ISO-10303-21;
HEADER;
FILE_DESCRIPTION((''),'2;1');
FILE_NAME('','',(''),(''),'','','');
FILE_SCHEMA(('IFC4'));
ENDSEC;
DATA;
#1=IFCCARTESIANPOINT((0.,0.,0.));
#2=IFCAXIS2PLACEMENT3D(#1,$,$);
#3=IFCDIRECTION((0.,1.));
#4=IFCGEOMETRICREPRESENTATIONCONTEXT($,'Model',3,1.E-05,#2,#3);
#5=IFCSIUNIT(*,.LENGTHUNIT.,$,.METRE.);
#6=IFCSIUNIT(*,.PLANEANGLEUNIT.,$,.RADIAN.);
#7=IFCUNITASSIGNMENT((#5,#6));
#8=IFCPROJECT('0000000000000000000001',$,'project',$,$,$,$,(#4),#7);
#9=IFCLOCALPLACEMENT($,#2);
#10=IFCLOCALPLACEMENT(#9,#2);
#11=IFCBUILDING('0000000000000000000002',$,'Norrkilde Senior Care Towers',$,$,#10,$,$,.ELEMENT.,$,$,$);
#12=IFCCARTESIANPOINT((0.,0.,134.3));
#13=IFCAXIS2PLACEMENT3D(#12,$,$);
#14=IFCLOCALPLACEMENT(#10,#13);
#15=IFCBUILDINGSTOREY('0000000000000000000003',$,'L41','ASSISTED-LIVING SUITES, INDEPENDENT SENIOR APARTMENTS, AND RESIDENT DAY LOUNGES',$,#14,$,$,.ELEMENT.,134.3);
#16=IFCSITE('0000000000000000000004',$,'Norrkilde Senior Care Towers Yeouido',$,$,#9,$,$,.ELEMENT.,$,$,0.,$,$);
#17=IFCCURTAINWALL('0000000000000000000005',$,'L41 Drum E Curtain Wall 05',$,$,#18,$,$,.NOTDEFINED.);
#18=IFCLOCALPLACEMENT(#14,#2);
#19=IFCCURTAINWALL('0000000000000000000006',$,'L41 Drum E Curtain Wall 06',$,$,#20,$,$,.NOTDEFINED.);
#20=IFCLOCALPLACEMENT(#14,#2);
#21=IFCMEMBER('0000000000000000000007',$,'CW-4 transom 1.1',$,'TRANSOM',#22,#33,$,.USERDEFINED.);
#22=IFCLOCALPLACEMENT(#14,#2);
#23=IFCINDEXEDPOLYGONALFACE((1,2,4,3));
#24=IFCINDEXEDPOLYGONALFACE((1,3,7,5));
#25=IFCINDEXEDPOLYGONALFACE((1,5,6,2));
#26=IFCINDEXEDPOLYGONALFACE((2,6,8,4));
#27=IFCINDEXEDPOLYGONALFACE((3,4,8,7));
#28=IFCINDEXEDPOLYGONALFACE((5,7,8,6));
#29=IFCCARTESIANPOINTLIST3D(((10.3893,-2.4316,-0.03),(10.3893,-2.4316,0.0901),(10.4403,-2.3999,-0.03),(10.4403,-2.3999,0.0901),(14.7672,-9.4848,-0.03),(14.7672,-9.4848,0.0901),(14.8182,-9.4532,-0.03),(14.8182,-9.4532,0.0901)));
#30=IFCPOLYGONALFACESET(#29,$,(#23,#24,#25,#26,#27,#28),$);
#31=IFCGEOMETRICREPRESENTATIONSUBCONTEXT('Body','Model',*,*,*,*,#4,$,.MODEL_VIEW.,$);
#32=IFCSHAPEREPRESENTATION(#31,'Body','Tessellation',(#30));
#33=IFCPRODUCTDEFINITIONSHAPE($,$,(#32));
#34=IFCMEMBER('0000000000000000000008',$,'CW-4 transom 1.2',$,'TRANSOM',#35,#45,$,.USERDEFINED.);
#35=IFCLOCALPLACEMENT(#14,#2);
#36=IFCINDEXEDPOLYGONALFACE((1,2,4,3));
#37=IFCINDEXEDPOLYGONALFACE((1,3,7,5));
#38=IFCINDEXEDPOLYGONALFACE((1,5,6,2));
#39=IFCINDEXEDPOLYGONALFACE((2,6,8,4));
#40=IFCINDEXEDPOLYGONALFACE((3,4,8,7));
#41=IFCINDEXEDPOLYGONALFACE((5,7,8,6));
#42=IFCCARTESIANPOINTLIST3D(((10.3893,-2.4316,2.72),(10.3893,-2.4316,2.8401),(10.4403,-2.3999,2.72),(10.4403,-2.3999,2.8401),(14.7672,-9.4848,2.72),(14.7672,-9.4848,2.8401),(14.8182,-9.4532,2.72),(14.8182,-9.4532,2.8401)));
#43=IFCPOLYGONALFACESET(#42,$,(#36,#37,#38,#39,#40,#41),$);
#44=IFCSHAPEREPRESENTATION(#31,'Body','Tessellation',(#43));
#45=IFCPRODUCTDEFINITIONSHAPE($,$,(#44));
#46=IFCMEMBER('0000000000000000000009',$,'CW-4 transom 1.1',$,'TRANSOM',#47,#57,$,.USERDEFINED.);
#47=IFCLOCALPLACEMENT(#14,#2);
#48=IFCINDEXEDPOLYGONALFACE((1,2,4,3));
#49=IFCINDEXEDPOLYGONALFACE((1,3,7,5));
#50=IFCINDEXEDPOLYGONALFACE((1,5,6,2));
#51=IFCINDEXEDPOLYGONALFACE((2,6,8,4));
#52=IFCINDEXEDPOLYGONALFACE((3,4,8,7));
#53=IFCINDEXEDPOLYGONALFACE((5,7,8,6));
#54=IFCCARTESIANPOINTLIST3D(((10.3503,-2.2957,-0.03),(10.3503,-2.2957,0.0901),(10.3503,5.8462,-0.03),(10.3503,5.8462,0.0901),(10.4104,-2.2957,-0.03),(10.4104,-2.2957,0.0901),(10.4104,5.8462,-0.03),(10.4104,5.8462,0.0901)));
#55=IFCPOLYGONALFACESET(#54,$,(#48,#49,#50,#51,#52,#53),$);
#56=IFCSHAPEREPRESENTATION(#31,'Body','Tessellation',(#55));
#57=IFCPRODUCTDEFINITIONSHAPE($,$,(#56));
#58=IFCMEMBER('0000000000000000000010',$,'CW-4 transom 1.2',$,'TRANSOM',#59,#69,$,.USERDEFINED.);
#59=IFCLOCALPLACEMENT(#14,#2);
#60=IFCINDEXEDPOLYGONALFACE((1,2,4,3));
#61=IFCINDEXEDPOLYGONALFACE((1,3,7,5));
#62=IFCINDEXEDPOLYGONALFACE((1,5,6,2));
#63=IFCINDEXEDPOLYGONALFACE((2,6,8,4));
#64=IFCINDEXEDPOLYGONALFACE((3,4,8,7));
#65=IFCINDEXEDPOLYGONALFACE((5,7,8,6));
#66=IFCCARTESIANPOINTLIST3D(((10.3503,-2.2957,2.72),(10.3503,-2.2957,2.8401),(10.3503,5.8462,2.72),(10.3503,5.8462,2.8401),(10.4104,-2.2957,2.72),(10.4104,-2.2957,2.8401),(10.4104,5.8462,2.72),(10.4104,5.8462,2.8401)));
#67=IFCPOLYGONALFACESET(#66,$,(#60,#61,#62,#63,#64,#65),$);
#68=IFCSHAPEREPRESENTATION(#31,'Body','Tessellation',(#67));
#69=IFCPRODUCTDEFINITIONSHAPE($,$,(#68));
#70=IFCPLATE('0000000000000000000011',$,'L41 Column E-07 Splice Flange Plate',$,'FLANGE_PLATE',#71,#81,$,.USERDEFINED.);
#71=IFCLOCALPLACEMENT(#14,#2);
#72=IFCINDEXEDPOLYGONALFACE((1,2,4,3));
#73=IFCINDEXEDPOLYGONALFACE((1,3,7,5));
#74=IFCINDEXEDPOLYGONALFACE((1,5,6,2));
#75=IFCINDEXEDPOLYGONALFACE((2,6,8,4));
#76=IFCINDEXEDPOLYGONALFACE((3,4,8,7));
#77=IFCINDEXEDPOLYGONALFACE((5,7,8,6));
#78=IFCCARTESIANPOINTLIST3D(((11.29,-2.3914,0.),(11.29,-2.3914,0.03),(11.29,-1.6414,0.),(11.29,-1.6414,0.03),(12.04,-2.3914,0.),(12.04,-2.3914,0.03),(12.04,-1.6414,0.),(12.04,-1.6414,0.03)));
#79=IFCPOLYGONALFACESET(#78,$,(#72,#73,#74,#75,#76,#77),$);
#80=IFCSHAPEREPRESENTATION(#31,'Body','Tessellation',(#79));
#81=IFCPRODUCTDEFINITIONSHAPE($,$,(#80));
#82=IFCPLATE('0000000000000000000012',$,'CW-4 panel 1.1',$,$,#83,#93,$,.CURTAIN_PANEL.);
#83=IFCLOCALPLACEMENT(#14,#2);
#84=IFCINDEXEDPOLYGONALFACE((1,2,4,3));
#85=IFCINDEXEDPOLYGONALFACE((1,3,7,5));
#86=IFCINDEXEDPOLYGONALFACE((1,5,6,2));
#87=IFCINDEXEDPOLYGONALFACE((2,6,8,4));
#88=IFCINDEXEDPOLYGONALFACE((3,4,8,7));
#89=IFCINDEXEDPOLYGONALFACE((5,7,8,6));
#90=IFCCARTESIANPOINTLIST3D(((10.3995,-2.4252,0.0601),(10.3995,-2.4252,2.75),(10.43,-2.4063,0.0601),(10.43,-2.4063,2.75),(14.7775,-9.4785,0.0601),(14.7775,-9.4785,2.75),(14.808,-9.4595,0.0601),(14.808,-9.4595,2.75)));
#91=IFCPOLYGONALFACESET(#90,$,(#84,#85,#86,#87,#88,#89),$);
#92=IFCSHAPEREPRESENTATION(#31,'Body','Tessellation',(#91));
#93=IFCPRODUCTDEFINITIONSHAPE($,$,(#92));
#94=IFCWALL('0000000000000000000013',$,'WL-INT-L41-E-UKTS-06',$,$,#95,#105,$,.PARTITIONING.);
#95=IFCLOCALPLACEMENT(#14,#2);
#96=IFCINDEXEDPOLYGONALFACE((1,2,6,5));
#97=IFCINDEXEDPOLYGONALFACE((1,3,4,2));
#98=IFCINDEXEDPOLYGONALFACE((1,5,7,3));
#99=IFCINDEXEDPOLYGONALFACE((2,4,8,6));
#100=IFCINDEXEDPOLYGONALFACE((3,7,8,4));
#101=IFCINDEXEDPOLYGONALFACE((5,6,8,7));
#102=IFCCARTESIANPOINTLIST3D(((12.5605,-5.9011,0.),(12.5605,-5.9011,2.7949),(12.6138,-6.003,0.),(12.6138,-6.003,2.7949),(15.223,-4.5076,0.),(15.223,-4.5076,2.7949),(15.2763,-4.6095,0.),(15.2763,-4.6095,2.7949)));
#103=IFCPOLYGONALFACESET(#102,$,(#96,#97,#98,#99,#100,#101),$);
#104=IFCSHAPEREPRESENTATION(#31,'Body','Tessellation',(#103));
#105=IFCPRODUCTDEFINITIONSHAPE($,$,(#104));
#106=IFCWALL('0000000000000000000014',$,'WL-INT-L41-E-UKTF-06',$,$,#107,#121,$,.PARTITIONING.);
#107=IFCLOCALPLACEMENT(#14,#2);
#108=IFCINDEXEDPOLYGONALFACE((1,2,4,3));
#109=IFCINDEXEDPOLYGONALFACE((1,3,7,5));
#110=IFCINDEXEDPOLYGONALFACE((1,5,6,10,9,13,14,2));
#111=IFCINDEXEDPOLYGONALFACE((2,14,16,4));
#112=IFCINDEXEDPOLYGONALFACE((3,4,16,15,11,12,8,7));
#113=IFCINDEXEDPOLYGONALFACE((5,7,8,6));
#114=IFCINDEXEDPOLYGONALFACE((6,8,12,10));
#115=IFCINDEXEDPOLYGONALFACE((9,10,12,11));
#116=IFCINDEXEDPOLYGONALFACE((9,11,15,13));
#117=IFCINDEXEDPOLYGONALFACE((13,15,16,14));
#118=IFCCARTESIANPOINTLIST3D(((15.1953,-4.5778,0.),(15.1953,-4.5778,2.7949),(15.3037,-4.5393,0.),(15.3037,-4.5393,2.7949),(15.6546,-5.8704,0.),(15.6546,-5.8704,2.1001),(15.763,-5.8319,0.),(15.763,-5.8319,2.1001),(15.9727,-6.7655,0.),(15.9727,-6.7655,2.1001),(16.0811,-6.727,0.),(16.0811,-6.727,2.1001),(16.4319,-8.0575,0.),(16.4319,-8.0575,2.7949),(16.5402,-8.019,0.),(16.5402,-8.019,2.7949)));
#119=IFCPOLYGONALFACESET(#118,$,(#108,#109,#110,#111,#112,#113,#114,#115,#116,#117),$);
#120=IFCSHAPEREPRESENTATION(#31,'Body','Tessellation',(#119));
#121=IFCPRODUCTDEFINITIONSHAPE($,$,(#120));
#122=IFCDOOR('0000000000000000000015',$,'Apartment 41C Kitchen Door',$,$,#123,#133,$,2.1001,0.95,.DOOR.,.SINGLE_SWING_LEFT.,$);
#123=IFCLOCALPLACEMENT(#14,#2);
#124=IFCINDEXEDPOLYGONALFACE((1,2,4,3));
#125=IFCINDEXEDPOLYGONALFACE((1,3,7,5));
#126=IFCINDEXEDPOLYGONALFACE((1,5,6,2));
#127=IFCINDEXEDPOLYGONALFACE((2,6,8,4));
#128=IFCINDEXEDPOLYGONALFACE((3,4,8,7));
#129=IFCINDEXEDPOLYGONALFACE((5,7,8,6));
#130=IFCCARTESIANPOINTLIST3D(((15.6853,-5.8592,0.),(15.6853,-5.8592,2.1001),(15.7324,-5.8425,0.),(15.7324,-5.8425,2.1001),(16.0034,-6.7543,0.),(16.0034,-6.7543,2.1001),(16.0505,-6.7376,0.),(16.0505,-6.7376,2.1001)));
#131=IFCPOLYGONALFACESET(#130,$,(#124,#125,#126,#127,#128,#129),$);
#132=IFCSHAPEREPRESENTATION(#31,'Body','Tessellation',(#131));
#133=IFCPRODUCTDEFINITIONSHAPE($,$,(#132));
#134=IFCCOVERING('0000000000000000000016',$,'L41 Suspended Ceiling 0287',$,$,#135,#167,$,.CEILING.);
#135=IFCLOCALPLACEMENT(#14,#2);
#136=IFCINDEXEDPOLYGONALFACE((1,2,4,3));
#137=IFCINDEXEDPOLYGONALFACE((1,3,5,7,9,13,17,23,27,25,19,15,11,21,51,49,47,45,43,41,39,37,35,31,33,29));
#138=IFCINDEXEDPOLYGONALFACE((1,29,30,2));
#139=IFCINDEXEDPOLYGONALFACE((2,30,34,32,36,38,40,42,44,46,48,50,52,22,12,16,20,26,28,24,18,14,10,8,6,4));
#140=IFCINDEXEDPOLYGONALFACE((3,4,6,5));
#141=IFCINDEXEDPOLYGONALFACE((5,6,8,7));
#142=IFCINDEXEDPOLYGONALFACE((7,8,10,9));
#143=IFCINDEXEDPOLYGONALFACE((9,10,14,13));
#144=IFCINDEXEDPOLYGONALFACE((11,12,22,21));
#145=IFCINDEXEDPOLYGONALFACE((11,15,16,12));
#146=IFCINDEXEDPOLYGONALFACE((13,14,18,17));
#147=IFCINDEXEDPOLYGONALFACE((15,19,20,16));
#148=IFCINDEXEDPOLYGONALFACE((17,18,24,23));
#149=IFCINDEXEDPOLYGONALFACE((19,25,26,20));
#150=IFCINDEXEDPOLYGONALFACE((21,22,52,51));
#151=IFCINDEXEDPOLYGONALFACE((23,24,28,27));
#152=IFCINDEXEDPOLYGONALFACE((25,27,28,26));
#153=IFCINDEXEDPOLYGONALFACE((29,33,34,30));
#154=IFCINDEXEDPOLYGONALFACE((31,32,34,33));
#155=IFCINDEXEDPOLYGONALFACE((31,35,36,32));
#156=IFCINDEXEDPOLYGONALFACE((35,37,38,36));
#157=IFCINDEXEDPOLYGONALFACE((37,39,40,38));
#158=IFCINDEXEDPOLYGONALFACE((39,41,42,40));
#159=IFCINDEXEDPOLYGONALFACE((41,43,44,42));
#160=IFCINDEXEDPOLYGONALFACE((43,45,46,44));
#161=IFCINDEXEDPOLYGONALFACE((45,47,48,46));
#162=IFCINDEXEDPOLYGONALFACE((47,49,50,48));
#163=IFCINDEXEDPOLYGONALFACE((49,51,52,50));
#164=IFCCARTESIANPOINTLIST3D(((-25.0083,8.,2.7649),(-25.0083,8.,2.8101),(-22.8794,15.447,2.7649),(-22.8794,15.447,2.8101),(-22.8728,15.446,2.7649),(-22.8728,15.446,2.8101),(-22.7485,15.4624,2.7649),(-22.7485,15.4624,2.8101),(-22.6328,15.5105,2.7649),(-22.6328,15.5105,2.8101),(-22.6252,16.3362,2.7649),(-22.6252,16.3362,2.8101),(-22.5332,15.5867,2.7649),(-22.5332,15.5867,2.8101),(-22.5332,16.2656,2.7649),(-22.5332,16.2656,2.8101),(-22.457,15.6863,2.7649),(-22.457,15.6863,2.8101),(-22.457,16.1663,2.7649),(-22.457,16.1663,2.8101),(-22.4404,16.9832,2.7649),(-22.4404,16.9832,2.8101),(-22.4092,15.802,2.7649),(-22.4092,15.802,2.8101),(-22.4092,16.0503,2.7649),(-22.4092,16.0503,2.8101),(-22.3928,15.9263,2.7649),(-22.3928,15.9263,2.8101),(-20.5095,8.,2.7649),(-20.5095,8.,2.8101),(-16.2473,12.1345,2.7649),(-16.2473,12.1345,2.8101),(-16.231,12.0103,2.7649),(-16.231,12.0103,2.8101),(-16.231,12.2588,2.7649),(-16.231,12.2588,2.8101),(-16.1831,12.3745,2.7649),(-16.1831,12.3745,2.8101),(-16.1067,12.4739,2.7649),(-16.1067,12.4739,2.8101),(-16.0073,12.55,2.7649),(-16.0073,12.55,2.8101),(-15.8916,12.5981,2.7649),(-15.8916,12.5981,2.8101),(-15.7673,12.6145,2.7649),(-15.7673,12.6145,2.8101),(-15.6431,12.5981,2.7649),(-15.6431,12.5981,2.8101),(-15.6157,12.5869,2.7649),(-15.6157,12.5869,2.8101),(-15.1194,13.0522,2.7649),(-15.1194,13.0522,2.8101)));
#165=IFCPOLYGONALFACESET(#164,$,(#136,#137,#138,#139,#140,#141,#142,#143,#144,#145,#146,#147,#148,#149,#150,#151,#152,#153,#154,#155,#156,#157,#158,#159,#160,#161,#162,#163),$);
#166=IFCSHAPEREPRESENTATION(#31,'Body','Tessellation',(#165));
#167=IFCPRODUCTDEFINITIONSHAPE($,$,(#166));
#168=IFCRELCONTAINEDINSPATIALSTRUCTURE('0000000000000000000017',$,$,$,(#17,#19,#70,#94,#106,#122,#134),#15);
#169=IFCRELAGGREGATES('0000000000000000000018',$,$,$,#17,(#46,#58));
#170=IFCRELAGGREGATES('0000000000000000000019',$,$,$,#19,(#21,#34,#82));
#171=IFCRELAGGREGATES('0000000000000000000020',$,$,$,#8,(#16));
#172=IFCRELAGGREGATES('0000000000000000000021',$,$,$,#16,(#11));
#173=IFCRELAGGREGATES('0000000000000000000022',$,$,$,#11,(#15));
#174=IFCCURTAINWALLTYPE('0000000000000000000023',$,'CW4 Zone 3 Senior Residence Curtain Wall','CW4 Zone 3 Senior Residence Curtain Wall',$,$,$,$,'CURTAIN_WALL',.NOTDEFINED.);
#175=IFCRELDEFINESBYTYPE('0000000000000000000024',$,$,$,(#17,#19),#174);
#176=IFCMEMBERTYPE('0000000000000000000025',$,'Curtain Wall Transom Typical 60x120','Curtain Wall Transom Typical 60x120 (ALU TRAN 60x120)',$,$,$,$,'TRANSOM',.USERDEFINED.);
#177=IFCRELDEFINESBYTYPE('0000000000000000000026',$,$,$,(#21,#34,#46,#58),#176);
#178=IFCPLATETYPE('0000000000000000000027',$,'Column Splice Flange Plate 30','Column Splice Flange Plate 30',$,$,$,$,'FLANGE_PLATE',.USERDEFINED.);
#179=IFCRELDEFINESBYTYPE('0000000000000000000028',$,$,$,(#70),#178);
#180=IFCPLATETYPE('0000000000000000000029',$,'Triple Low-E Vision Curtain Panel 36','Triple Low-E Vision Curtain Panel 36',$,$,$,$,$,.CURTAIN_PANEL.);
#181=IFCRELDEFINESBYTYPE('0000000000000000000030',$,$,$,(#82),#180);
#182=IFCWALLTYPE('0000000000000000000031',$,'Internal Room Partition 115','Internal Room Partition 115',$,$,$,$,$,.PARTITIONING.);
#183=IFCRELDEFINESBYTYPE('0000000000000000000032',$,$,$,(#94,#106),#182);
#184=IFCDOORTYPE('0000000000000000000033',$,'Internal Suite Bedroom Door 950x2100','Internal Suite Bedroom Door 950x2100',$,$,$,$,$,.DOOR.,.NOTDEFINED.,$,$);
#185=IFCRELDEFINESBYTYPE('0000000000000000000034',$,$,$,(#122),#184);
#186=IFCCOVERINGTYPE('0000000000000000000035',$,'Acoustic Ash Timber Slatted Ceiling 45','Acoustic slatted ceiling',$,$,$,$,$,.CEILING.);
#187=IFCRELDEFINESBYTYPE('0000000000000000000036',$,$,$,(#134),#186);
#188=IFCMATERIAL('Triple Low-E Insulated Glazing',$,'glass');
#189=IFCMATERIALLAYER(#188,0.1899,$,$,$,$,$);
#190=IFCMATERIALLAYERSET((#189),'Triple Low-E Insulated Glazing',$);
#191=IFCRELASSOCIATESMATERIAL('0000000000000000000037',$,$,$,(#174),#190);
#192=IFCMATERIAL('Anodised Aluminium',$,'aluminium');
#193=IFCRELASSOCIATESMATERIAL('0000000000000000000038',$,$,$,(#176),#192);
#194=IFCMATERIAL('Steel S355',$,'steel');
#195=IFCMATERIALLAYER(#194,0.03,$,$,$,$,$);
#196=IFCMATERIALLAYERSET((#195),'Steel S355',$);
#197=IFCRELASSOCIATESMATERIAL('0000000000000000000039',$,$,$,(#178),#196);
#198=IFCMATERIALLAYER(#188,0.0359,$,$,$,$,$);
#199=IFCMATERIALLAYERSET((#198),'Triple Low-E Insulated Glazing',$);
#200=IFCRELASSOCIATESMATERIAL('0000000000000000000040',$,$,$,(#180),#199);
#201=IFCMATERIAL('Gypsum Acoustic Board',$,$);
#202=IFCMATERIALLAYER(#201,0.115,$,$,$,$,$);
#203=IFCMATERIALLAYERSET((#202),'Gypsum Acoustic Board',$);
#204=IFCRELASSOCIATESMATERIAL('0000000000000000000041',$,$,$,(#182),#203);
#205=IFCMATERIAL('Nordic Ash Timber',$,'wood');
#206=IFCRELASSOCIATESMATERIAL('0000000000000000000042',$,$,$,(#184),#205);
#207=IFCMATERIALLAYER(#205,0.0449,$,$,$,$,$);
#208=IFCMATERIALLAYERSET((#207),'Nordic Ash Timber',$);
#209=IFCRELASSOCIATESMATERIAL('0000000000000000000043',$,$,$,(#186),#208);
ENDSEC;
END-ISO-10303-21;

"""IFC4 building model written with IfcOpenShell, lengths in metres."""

from ifc_helpers import new_model, si_unit, direction, frame, frame_2d, origin, origin_2d, place, context, subcontext, project, spatial, polyline, rectangle, outline, extrude, source, transform, mapped, material, layer, layer_set, material_profile, profile_set, type_object, type_shapes, element, fill, aggregate, save


model = new_model("IFC4")

# Units and contexts
model_context = context("Model", 3, precision=1e-05, world=origin(), true_north=direction((0.0, 1.0)))
body_context = subcontext(model_context, "Body", "Model", "MODEL_VIEW")
ifc_project = project(units=[si_unit("LENGTHUNIT", "METRE"), si_unit("PLANEANGLEUNIT", "RADIAN")], contexts=[model_context])

# Site, building, storey
site_placement = place(None, origin())
site = spatial("IfcSite", under=ifc_project, at=site_placement, Name="Norrkilde Senior Care Towers Yeouido", CompositionType="ELEMENT", RefElevation=0.0)
building_placement = place(site_placement, origin())
building = spatial("IfcBuilding", under=site, at=building_placement, Name="Norrkilde Senior Care Towers", CompositionType="ELEMENT")
storey_placement = place(building_placement, frame((0.0, 0.0, 134.3)))
storey = spatial("IfcBuildingStorey", under=building, at=storey_placement, Name="L41", Description="ASSISTED-LIVING SUITES, INDEPENDENT SENIOR APARTMENTS, AND RESIDENT DAY LOUNGES", CompositionType="ELEMENT", Elevation=134.3)

# Shared definitions
ifc_material_1 = material(Name="Steel S355", Category="steel")

# Curtain wall
ifc_material_2 = material(Name="Triple Low-E Insulated Glazing", Category="glass")
ifc_layer_1 = layer(ifc_material_2, 0.1899)
ifc_layer_set_1 = layer_set([ifc_layer_1], Name="Triple Low-E Insulated Glazing")
curtain_wall_type = type_object("IfcCurtainWallType", Name="CW4 Zone 3 Senior Residence Curtain Wall", Description="CW4 Zone 3 Senior Residence Curtain Wall", ElementType="CURTAIN_WALL", PredefinedType="NOTDEFINED", material=ifc_layer_set_1)
curtain_wall_1_placement = place(storey_placement, origin())
curtain_wall_1 = element("IfcCurtainWall", 1, at=curtain_wall_1_placement, inside=storey, type_object=curtain_wall_type, Name="L41 Drum E Curtain Wall 05", PredefinedType="NOTDEFINED")
ifc_material_3 = material(Name="Anodised Aluminium", Category="aluminium")

# Curtain wall, members
curtain_wall_2_placement = place(storey_placement, origin())
curtain_wall_2 = element("IfcCurtainWall", 2, at=curtain_wall_2_placement, inside=storey, type_object=curtain_wall_type, Name="L41 Drum E Curtain Wall 06", PredefinedType="NOTDEFINED")
ifc_material_profile_1 = material_profile(ifc_material_3, rectangle(XDim=0.0601, YDim=0.1201, at=origin_2d()), Name="ALU TRAN 60x120")
ifc_profile_set_1 = profile_set([ifc_material_profile_1], Name="Anodised Aluminium")
member_type_1 = type_object("IfcMemberType", Name="Curtain Wall Transom Typical 60x120", Description="Curtain Wall Transom Typical 60x120 (ALU TRAN 60x120)", ElementType="TRANSOM", PredefinedType="USERDEFINED", material=ifc_profile_set_1)
shared_shape_1 = source(origin(), body_context, "Body", "SweptSolid", [
    extrude(rectangle(XDim=0.0601, YDim=0.1201, at=origin_2d()), origin(), (0.0, 0.0, 1.0), 8.3015),
])
member_1_placement = place(storey_placement, frame((14.7927, -9.469, 0.03), z_axis=(-0.527369, 0.849637, 0.0), x_axis=(-0.849637, -0.527369, 0.0)))
member_1 = element("IfcMember", 3, at=member_1_placement, type_object=member_type_1, Name="CW-4 transom 1.1", ObjectType="TRANSOM", PredefinedType="USERDEFINED", context=body_context, shape_type="MappedRepresentation", body=[
    mapped(shared_shape_1, transform((0.0, 0.0, 0.0), x_axis=(1.0, 0.0, 0.0), y_axis=(0.0, 1.0, 0.0), z_axis=(0.0, 0.0, 1.0), scale=1.0)),
])
member_2_placement = place(storey_placement, frame((14.7927, -9.469, 2.78), z_axis=(-0.527369, 0.849637, 0.0), x_axis=(-0.849637, -0.527369, 0.0)))
member_2 = element("IfcMember", 4, at=member_2_placement, type_object=member_type_1, Name="CW-4 transom 1.2", ObjectType="TRANSOM", PredefinedType="USERDEFINED", context=body_context, shape_type="MappedRepresentation", body=[
    mapped(shared_shape_1, transform((0.0, 0.0, 0.0), x_axis=(1.0, 0.0, 0.0), y_axis=(0.0, 1.0, 0.0), z_axis=(0.0, 0.0, 1.0), scale=1.0)),
])

# Members
shared_shape_2 = source(origin(), body_context, "Body", "SweptSolid", [
    extrude(rectangle(XDim=0.0601, YDim=0.1201, at=origin_2d()), origin(), (0.0, 0.0, 1.0), 8.1418),
])
type_shapes(member_type_1, [shared_shape_1, shared_shape_2])
member_3_placement = place(storey_placement, frame((10.3804, -2.2957, 0.03), z_axis=(0.0, 1.0, 0.0), x_axis=(-1.0, 0.0, 0.0)))
member_3 = element("IfcMember", 5, at=member_3_placement, type_object=member_type_1, Name="CW-4 transom 1.1", ObjectType="TRANSOM", PredefinedType="USERDEFINED", context=body_context, shape_type="MappedRepresentation", body=[
    mapped(shared_shape_2, transform((0.0, 0.0, 0.0), x_axis=(1.0, 0.0, 0.0), y_axis=(0.0, 1.0, 0.0), z_axis=(0.0, 0.0, 1.0), scale=1.0)),
])
member_4_placement = place(storey_placement, frame((10.3804, -2.2957, 2.78), z_axis=(0.0, 1.0, 0.0), x_axis=(-1.0, 0.0, 0.0)))
member_4 = element("IfcMember", 6, at=member_4_placement, type_object=member_type_1, Name="CW-4 transom 1.2", ObjectType="TRANSOM", PredefinedType="USERDEFINED", context=body_context, shape_type="MappedRepresentation", body=[
    mapped(shared_shape_2, transform((0.0, 0.0, 0.0), x_axis=(1.0, 0.0, 0.0), y_axis=(0.0, 1.0, 0.0), z_axis=(0.0, 0.0, 1.0), scale=1.0)),
])
aggregate(curtain_wall_1, [member_3, member_4])

# Plates
ifc_layer_2 = layer(ifc_material_1, 0.03)
ifc_layer_set_2 = layer_set([ifc_layer_2], Name="Steel S355")
plate_type_1 = type_object("IfcPlateType", Name="Column Splice Flange Plate 30", Description="Column Splice Flange Plate 30", ElementType="FLANGE_PLATE", PredefinedType="USERDEFINED", material=ifc_layer_set_2)
shared_shape_3 = source(origin(), body_context, "Body", "SweptSolid", [
    extrude(rectangle(XDim=0.75, YDim=0.75, at=origin_2d()), origin(), (0.0, 0.0, 1.0), 0.03),
])
type_shapes(plate_type_1, [shared_shape_3])
plate_1_placement = place(storey_placement, frame((11.665, -2.0164, 0.0), z_axis=(0.0, 0.0, 1.0), x_axis=(1.0, 0.0, 0.0)))
element("IfcPlate", 7, at=plate_1_placement, inside=storey, type_object=plate_type_1, Name="L41 Column E-07 Splice Flange Plate", ObjectType="FLANGE_PLATE", PredefinedType="USERDEFINED", context=body_context, shape_type="MappedRepresentation", body=[
    mapped(shared_shape_3, transform((0.0, 0.0, 0.0), x_axis=(1.0, 0.0, 0.0), y_axis=(0.0, 1.0, 0.0), z_axis=(0.0, 0.0, 1.0), scale=1.0)),
])
ifc_layer_3 = layer(ifc_material_2, 0.0359)
ifc_layer_set_3 = layer_set([ifc_layer_3], Name="Triple Low-E Insulated Glazing")
plate_type_2 = type_object("IfcPlateType", Name="Triple Low-E Vision Curtain Panel 36", Description="Triple Low-E Vision Curtain Panel 36", PredefinedType="CURTAIN_PANEL", material=ifc_layer_set_3)
shared_shape_4 = source(origin(), body_context, "Body", "SweptSolid", [
    extrude(rectangle(XDim=8.3015, YDim=0.0359, at=origin_2d()), origin(), (0.0, 0.0, 1.0), 2.6899),
])
type_shapes(plate_type_2, [shared_shape_4])
plate_2_placement = place(storey_placement, frame((12.6038, -5.9424, 0.0601), z_axis=(0.0, 0.0, 1.0), x_axis=(-0.527373, 0.849634, 0.0)))
plate_2 = element("IfcPlate", 8, at=plate_2_placement, type_object=plate_type_2, Name="CW-4 panel 1.1", PredefinedType="CURTAIN_PANEL", context=body_context, shape_type="MappedRepresentation", body=[
    mapped(shared_shape_4, transform((0.0, 0.0, 0.0), x_axis=(1.0, 0.0, 0.0), y_axis=(0.0, 1.0, 0.0), z_axis=(0.0, 0.0, 1.0), scale=1.0)),
])
aggregate(curtain_wall_2, [member_1, member_2, plate_2])

# Wall
ifc_material_4 = material(Name="Gypsum Acoustic Board")
ifc_layer_4 = layer(ifc_material_4, 0.115)
ifc_layer_set_4 = layer_set([ifc_layer_4], Name="Gypsum Acoustic Board")
wall_type = type_object("IfcWallType", Name="Internal Room Partition 115", Description="Internal Room Partition 115", PredefinedType="PARTITIONING", material=ifc_layer_set_4)
shared_shape_5 = source(origin(), body_context, "Body", "SweptSolid", [
    extrude(rectangle(XDim=3.0051, YDim=0.115, at=frame_2d((1.5024, 0.0))), origin(), (0.0, 0.0, 1.0), 2.7949),
])
wall_1_placement = place(storey_placement, frame((15.2495, -4.5586, 0.0), z_axis=(0.0, 0.0, 1.0), x_axis=(-0.885987, -0.463709, 0.0)))
element("IfcWall", 9, at=wall_1_placement, inside=storey, type_object=wall_type, Name="WL-INT-L41-E-UKTS-06", PredefinedType="PARTITIONING", context=body_context, shape_type="MappedRepresentation", body=[
    mapped(shared_shape_5, transform((0.0, 0.0, 0.0), x_axis=(1.0, 0.0, 0.0), y_axis=(0.0, 1.0, 0.0), z_axis=(0.0, 0.0, 1.0), scale=1.0)),
])

# Wall, opening, door
shared_shape_6 = source(origin(), body_context, "Body", "SweptSolid", [
    extrude(rectangle(XDim=3.6929, YDim=0.115, at=frame_2d((1.8464, 0.0))), origin(), (0.0, 0.0, 1.0), 2.7949),
])
type_shapes(wall_type, [shared_shape_5, shared_shape_6])
wall_2_placement = place(storey_placement, frame((15.2495, -4.5586, 0.0), z_axis=(0.0, 0.0, 1.0), x_axis=(0.334849, -0.942272, 0.0)))
wall_2 = element("IfcWall", 10, at=wall_2_placement, inside=storey, type_object=wall_type, Name="WL-INT-L41-E-UKTF-06", PredefinedType="PARTITIONING", context=body_context, shape_type="MappedRepresentation", body=[
    mapped(shared_shape_6, transform((0.0, 0.0, 0.0), x_axis=(1.0, 0.0, 0.0), y_axis=(0.0, 1.0, 0.0), z_axis=(0.0, 0.0, 1.0), scale=1.0)),
])
opening_placement = place(wall_2_placement, frame((1.3716, 0.0, 0.0)))
opening = element("IfcOpeningElement", 11, at=opening_placement, cuts=wall_2, PredefinedType="OPENING", context=body_context, shape_type="SweptSolid", body=[
    extrude(rectangle(XDim=0.95, YDim=2.1001, at=frame_2d((0.4751, 1.05))), frame((0.0, 0.0674, 0.0), z_axis=(0.0, -1.0, 0.0), x_axis=(1.0, 0.0, 0.0)), (0.0, 0.0, 1.0), 0.135),
])
ifc_material_5 = material(Name="Nordic Ash Timber", Category="wood")
door_type = type_object("IfcDoorType", Name="Internal Suite Bedroom Door 950x2100", Description="Internal Suite Bedroom Door 950x2100", OperationType="NOTDEFINED", PredefinedType="DOOR", material=ifc_material_5)
shared_shape_7 = source(origin(), body_context, "Body", "SweptSolid", [
    extrude(rectangle(XDim=0.95, YDim=2.1001, at=frame_2d((0.4751, 1.05))), frame((0.0, 0.0249, 0.0), z_axis=(0.0, -1.0, 0.0), x_axis=(1.0, 0.0, 0.0)), (0.0, 0.0, 1.0), 0.05),
])
type_shapes(door_type, [shared_shape_7])
door_placement = place(opening_placement, frame((0.95, 0.0, 0.0), z_axis=(0.0, 0.0, 1.0), x_axis=(-1.0, 0.0, 0.0)))
door = element("IfcDoor", 12, at=door_placement, inside=storey, type_object=door_type, Name="Apartment 41C Kitchen Door", OperationType="SINGLE_SWING_LEFT", OverallHeight=2.1001, OverallWidth=0.95, PredefinedType="DOOR", context=body_context, shape_type="MappedRepresentation", body=[
    mapped(shared_shape_7, transform((0.0, 0.0, 0.0), x_axis=(1.0, 0.0, 0.0), y_axis=(0.0, 1.0, 0.0), z_axis=(0.0, 0.0, 1.0), scale=1.0)),
])
fill(opening, door)

# Covering
ifc_layer_5 = layer(ifc_material_5, 0.0449)
ifc_layer_set_5 = layer_set([ifc_layer_5], Name="Nordic Ash Timber")
covering_type_1 = type_object("IfcCoveringType", Name="Acoustic Ash Timber Slatted Ceiling 45", Description="Acoustic slatted ceiling", PredefinedType="CEILING", material=ifc_layer_set_5)
covering_1_placement = place(storey_placement, frame((0.0, 0.0, 2.7649)))
element("IfcCovering", 13, at=covering_1_placement, inside=storey, type_object=covering_type_1, Name="L41 Suspended Ceiling 0287", PredefinedType="CEILING", context=body_context, shape_type="SweptSolid", body=[
    extrude(outline(polyline([(-15.6431, 12.5981), (-15.7673, 12.6145), (-15.8916, 12.5981), (-16.0073, 12.55), (-16.1067, 12.4739), (-16.1831, 12.3745), (-16.231, 12.2588), (-16.2473, 12.1345), (-16.231, 12.0103), (-16.231, 12.0103), (-20.5095, 8.0), (-25.0083, 8.0), (-22.8794, 15.447), (-22.8728, 15.446), (-22.7485, 15.4624), (-22.6328, 15.5105), (-22.5332, 15.5867), (-22.457, 15.6863), (-22.4092, 15.802), (-22.3928, 15.9263), (-22.4092, 16.0503), (-22.457, 16.1663), (-22.5332, 16.2656), (-22.6252, 16.3362), (-22.4404, 16.9832), (-15.1194, 13.0522), (-15.6157, 12.5869), (-15.6431, 12.5981)])), origin(), (0.0, 0.0, 1.0), 0.0452),
])

save(model, "model.ifc")
